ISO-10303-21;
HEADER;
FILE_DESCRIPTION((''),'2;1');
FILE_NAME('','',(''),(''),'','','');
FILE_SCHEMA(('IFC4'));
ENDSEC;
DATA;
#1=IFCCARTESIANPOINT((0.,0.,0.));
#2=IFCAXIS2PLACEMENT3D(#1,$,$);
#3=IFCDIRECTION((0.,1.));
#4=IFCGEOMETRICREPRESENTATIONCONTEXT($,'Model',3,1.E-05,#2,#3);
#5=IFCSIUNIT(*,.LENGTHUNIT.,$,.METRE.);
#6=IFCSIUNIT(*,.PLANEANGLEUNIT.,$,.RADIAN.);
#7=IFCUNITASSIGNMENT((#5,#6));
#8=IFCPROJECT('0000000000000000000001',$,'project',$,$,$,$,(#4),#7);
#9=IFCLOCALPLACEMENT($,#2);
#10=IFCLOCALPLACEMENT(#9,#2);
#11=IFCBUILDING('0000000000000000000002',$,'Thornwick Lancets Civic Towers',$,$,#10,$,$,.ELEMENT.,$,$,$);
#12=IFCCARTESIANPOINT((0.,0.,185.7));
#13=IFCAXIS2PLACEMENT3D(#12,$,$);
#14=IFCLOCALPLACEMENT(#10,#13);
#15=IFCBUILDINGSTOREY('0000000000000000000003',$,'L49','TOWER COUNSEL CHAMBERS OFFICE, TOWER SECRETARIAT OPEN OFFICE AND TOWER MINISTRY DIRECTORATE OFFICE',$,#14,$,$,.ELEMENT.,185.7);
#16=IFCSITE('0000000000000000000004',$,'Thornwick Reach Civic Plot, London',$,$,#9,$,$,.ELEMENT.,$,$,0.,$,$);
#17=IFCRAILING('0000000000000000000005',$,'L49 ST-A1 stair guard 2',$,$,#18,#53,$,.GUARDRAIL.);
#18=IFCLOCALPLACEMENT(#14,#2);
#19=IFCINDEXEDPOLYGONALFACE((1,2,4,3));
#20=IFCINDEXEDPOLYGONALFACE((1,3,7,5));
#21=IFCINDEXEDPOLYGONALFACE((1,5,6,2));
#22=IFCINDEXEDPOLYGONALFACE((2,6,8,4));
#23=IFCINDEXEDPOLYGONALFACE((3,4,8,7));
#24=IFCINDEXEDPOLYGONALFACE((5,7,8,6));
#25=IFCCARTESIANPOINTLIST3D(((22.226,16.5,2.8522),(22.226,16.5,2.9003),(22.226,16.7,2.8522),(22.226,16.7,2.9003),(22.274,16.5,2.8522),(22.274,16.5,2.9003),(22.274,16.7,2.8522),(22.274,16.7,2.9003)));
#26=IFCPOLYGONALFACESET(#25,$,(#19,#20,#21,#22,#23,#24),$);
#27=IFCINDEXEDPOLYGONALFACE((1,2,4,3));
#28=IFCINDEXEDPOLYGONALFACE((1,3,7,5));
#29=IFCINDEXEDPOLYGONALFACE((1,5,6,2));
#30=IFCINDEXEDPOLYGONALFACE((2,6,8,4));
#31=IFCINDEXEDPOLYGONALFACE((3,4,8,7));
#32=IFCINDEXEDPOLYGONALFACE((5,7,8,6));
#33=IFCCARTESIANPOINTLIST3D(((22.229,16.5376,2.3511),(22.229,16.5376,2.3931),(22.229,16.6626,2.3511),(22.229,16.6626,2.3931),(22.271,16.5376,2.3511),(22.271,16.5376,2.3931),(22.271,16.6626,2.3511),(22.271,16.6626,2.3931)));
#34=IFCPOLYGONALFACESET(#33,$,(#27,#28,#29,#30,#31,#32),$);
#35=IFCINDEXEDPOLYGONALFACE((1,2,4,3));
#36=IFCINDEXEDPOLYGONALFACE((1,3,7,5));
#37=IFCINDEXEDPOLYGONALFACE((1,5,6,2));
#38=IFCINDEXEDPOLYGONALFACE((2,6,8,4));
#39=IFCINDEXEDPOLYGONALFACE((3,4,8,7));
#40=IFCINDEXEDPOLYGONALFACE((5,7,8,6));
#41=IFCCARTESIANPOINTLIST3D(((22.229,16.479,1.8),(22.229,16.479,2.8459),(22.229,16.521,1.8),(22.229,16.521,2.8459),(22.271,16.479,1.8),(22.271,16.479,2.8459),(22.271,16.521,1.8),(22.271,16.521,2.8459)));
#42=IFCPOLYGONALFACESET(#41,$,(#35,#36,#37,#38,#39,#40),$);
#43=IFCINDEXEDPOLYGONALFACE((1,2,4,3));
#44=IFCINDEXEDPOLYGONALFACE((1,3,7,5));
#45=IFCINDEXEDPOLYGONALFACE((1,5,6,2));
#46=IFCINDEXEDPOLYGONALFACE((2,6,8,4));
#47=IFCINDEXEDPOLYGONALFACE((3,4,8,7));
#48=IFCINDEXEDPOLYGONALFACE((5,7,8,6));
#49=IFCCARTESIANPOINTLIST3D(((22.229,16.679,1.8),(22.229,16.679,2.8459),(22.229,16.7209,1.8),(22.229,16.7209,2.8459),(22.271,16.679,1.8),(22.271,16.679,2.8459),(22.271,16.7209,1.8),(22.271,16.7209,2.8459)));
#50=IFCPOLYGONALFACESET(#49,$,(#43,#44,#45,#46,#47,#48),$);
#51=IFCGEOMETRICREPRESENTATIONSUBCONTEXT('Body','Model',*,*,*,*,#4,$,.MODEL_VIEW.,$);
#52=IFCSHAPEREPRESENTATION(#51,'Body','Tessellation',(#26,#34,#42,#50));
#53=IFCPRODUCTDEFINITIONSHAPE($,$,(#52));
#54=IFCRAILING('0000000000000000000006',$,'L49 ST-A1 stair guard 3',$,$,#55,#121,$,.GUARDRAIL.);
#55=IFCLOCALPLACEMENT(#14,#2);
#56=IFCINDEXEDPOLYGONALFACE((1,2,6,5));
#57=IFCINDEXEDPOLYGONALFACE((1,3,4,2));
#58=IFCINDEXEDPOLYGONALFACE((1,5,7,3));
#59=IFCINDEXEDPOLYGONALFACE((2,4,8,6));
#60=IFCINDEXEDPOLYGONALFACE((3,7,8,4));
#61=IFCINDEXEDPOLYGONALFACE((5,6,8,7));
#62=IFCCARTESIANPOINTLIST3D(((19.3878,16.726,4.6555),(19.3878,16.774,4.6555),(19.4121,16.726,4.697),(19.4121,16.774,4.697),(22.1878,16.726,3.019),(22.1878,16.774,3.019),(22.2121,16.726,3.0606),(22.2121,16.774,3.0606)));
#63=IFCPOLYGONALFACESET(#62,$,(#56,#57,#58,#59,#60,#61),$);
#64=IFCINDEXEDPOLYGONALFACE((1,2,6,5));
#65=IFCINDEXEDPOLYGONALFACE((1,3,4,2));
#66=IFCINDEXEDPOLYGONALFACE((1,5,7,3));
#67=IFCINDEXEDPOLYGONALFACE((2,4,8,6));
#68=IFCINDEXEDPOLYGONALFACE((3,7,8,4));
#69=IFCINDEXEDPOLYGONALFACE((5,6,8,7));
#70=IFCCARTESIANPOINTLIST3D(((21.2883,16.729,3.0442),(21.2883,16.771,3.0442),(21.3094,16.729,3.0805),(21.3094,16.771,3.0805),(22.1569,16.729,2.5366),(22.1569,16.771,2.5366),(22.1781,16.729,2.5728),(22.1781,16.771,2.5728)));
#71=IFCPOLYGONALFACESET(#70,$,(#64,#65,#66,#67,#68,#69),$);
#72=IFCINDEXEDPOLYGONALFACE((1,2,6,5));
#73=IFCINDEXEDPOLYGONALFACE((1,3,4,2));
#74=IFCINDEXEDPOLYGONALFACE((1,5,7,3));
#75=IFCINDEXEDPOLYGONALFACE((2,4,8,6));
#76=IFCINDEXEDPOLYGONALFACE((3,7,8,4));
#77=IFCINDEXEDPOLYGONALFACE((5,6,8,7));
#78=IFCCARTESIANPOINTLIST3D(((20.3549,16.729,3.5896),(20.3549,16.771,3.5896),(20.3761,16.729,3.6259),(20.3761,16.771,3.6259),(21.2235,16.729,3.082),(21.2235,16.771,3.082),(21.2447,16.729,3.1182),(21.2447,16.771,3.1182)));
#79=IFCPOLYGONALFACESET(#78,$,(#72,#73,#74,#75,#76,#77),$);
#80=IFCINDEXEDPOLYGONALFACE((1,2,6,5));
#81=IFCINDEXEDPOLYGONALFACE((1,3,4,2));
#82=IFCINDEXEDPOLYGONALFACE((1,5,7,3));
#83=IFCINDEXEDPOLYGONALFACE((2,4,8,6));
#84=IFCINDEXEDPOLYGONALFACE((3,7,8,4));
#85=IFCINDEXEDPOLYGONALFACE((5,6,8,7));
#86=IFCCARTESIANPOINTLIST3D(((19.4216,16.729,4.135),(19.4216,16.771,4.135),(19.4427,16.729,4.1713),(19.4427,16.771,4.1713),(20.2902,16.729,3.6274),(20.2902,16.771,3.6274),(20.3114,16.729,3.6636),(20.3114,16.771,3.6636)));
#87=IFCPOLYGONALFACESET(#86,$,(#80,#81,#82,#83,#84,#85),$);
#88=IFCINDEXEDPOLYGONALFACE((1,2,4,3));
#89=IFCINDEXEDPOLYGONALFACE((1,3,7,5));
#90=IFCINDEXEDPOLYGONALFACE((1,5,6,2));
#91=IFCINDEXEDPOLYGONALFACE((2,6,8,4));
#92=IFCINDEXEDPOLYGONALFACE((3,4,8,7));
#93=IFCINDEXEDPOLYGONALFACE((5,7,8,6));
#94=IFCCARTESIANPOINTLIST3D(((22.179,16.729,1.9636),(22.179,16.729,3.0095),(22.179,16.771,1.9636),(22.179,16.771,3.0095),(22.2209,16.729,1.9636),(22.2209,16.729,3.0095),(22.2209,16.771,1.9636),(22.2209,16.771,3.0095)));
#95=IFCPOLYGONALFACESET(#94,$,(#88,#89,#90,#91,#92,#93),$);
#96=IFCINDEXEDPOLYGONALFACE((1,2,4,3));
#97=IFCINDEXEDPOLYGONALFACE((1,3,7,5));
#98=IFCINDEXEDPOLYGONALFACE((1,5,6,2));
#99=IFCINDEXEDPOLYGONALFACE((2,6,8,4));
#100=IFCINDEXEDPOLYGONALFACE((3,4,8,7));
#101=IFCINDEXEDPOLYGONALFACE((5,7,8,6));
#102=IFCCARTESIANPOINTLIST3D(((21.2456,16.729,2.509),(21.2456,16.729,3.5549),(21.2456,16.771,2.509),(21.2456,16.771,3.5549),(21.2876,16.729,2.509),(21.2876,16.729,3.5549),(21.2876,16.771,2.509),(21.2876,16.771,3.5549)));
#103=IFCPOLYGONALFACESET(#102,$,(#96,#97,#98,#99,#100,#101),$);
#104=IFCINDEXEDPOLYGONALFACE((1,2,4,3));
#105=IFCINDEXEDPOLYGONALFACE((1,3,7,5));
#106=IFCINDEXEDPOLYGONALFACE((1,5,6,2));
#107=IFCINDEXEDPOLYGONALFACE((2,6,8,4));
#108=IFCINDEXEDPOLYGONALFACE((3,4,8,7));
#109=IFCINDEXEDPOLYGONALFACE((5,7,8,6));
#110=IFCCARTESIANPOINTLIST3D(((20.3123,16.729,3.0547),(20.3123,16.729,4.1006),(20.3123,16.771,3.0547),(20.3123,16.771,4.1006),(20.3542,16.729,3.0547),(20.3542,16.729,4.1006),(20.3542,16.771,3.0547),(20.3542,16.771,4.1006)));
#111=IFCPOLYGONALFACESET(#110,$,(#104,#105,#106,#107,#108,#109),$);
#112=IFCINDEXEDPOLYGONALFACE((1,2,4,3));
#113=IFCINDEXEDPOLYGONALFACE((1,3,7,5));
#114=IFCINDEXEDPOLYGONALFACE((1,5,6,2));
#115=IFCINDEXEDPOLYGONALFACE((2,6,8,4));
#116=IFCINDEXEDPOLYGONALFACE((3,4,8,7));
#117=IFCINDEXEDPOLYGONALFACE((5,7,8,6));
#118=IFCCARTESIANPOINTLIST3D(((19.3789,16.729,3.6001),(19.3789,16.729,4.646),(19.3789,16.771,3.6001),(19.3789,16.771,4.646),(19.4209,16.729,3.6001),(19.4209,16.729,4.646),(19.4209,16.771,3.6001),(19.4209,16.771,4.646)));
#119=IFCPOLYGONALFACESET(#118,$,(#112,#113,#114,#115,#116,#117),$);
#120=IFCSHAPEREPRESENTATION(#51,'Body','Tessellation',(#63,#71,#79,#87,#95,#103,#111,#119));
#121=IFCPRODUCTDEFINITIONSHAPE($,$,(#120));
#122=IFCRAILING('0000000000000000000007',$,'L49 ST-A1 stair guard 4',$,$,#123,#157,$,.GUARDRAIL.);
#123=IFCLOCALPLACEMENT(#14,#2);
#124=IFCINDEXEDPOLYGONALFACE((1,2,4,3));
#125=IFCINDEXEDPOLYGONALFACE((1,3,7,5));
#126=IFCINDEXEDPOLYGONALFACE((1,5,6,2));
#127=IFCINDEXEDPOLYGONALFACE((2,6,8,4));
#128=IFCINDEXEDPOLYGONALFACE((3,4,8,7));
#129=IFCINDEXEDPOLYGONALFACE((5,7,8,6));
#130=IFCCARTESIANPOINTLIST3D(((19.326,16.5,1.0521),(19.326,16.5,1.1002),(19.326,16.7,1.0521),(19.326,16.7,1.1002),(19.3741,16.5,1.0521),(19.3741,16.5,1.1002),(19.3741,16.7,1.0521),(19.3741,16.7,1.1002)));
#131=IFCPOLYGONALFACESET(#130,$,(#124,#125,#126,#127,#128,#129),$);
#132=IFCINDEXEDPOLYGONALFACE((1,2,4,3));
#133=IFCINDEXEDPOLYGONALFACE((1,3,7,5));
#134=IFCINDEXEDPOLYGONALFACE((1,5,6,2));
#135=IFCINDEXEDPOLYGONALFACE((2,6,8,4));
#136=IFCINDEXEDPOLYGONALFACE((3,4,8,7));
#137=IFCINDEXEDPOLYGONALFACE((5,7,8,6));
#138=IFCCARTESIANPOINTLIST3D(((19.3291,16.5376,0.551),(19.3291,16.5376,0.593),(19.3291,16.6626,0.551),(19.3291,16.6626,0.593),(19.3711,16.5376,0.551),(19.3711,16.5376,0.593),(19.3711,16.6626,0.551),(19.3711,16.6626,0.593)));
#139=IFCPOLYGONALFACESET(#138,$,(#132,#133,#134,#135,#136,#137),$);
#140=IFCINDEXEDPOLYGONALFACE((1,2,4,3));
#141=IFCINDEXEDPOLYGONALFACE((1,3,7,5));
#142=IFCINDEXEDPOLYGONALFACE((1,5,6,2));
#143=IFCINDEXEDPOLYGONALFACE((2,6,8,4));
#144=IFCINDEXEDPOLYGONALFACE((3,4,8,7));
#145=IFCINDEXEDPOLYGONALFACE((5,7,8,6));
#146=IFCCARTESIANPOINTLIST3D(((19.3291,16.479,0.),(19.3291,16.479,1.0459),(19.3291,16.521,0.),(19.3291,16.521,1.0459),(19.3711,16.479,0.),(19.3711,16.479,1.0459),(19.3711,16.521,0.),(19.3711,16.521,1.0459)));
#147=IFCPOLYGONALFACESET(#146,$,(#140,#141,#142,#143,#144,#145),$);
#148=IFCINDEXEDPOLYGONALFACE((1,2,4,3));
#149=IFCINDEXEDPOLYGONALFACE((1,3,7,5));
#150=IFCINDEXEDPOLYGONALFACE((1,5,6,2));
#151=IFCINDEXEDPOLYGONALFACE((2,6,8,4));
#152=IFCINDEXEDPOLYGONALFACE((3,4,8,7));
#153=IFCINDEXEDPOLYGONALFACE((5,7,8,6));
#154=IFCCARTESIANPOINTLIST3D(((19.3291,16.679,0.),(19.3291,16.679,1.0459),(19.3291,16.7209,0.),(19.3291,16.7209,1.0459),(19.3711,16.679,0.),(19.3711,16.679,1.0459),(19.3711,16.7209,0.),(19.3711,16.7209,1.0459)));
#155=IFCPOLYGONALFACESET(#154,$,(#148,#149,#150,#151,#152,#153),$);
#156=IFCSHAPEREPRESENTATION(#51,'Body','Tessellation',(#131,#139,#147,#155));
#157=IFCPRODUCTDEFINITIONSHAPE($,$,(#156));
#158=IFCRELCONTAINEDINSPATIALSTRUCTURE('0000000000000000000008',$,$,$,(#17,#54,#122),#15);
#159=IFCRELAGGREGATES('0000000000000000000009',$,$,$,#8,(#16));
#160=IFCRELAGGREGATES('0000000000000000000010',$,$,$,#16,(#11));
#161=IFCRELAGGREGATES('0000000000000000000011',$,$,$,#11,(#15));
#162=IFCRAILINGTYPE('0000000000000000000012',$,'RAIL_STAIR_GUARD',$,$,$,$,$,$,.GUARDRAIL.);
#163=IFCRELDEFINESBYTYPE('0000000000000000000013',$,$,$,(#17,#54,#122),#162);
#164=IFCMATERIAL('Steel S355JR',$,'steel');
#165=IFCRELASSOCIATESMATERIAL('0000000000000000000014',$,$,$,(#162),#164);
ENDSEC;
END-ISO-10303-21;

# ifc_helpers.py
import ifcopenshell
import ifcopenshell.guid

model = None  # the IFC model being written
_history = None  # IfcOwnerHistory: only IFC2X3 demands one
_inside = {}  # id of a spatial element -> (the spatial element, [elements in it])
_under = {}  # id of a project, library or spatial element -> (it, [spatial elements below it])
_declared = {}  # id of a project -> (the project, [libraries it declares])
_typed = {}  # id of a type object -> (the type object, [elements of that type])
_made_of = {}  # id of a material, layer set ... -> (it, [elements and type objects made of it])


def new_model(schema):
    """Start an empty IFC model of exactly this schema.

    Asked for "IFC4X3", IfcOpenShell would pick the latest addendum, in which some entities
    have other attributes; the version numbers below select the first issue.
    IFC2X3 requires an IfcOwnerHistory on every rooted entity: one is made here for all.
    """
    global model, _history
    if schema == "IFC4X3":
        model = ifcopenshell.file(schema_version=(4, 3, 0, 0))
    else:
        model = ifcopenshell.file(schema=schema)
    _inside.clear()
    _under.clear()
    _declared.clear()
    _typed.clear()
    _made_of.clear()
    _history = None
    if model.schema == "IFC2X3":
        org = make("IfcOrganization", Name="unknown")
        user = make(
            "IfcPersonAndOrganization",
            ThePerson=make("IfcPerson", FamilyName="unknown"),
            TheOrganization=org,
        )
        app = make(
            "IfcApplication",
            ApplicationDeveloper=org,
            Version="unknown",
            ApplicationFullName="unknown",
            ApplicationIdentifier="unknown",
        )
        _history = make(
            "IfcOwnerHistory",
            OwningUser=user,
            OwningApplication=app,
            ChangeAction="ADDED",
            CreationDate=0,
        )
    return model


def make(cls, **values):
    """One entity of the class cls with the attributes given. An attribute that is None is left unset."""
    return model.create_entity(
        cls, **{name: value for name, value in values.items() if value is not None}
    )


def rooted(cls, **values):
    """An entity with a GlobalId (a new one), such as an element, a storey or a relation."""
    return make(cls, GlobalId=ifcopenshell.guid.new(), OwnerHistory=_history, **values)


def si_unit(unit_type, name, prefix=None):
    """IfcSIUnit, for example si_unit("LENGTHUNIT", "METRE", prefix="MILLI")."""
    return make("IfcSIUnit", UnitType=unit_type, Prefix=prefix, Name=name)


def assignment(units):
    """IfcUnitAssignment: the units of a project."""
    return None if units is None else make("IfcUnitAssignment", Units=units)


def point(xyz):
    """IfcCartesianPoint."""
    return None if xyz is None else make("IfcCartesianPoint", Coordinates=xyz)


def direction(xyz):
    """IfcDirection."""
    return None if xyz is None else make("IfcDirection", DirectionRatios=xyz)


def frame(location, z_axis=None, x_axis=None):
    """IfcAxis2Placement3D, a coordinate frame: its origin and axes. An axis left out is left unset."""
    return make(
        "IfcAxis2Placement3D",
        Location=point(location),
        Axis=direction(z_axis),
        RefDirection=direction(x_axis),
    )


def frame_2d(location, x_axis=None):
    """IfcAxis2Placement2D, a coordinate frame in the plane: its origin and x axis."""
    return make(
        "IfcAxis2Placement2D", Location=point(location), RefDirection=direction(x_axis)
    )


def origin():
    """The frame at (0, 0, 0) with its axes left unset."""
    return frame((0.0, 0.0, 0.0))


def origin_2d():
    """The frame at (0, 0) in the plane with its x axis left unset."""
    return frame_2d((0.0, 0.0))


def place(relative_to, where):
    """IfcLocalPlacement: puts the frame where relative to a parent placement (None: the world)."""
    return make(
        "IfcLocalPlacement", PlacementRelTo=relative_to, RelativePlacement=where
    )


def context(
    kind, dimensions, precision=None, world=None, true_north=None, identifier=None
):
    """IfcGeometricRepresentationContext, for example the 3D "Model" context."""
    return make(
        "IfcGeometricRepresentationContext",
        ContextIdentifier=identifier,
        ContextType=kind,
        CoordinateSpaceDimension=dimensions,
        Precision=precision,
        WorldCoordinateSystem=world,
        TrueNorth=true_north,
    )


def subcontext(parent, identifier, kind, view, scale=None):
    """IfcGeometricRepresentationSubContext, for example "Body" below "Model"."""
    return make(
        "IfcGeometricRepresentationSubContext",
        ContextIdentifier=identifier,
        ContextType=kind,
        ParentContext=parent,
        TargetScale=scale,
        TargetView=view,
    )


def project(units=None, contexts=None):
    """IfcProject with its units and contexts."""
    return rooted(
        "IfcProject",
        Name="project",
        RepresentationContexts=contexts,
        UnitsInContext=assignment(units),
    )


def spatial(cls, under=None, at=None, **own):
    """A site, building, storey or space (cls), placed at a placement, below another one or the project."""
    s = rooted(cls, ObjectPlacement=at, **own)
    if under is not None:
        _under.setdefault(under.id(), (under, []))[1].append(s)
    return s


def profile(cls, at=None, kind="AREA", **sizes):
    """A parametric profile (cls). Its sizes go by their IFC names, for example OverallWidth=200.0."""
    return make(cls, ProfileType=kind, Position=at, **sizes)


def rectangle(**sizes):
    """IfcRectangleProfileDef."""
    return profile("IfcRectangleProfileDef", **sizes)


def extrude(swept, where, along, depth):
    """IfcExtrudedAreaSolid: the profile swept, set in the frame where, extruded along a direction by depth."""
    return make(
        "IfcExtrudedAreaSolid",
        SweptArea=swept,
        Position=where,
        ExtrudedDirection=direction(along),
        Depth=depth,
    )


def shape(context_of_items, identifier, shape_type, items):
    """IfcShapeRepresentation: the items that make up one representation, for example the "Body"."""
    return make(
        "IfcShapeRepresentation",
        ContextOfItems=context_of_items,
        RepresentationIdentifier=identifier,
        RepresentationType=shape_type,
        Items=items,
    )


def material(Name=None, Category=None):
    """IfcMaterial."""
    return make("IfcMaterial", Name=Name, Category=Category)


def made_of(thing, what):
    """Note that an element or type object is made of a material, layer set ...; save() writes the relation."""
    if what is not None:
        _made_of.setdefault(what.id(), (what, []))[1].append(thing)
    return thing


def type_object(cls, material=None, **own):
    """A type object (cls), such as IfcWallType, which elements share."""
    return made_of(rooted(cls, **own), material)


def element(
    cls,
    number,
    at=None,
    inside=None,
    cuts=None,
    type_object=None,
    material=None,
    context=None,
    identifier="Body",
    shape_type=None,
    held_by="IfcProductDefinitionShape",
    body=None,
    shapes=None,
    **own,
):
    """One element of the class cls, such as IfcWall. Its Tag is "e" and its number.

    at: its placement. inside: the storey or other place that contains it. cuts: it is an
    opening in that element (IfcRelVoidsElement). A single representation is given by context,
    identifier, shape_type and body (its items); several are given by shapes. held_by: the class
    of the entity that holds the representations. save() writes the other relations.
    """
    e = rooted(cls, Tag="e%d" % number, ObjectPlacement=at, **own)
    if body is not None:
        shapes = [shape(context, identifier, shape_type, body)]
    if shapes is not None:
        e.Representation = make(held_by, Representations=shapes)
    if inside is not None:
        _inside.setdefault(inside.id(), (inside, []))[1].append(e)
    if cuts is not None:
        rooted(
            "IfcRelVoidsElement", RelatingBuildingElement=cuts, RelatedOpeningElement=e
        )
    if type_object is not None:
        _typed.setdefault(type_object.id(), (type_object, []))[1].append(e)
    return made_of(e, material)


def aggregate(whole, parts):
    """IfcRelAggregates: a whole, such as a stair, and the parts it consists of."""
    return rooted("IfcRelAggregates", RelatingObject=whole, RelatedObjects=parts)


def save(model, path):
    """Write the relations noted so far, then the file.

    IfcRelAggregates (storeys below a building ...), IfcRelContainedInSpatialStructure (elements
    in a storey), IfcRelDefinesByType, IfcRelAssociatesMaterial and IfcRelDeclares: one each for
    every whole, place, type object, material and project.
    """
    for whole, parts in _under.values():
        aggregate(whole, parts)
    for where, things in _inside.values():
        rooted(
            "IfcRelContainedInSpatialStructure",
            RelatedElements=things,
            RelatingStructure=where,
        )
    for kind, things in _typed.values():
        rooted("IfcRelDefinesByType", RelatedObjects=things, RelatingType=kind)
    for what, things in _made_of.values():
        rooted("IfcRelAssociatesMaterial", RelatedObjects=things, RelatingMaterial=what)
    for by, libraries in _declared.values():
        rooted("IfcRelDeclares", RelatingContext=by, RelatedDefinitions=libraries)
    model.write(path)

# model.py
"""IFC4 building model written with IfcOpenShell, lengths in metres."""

from ifc_helpers import new_model, si_unit, direction, frame, origin, origin_2d, place, context, subcontext, project, spatial, rectangle, extrude, material, type_object, element, save


model = new_model("IFC4")

# Units and contexts
model_context = context("Model", 3, precision=1e-05, world=origin(), true_north=direction((0.0, 1.0)))
body_context = subcontext(model_context, "Body", "Model", "MODEL_VIEW")
ifc_project = project(units=[si_unit("LENGTHUNIT", "METRE"), si_unit("PLANEANGLEUNIT", "RADIAN")], contexts=[model_context])

# Site, building, storey
site_placement = place(None, origin())
site = spatial("IfcSite", under=ifc_project, at=site_placement, Name="Thornwick Reach Civic Plot, London", CompositionType="ELEMENT", RefElevation=0.0)
building_placement = place(site_placement, origin())
building = spatial("IfcBuilding", under=site, at=building_placement, Name="Thornwick Lancets Civic Towers", CompositionType="ELEMENT")
storey_placement = place(building_placement, frame((0.0, 0.0, 185.7)))
storey = spatial("IfcBuildingStorey", under=building, at=storey_placement, Name="L49", Description="TOWER COUNSEL CHAMBERS OFFICE, TOWER SECRETARIAT OPEN OFFICE AND TOWER MINISTRY DIRECTORATE OFFICE", CompositionType="ELEMENT", Elevation=185.7)

# Shared definitions
ifc_material_1 = material(Name="Steel S355JR", Category="steel")

# Railings
railing_type_1 = type_object("IfcRailingType", Name="RAIL_STAIR_GUARD", PredefinedType="GUARDRAIL", material=ifc_material_1)
railing_1_placement = place(storey_placement, frame((22.25, 16.5, 1.8)))
element("IfcRailing", 1, at=railing_1_placement, inside=storey, type_object=railing_type_1, Name="L49 ST-A1 stair guard 2", PredefinedType="GUARDRAIL", context=body_context, shape_type="SweptSolid", body=[
    extrude(rectangle(XDim=0.0481, YDim=0.0481, at=origin_2d()), frame((0.0, 0.0, 1.0762), z_axis=(0.0, 1.0, 0.0), x_axis=(-1.0, 0.0, 0.0)), (0.0, 0.0, 1.0), 0.2),
    extrude(rectangle(XDim=0.042, YDim=0.042, at=origin_2d()), frame((0.0, 0.0376, 0.572), z_axis=(0.0, 1.0, 0.0), x_axis=(-1.0, 0.0, 0.0)), (0.0, 0.0, 1.0), 0.125),
    extrude(rectangle(XDim=0.042, YDim=0.042, at=origin_2d()), origin(), (0.0, 0.0, 1.0), 1.0459),
    extrude(rectangle(XDim=0.042, YDim=0.042, at=origin_2d()), frame((0.0, 0.2, 0.0)), (0.0, 0.0, 1.0), 1.0459),
])
railing_2_placement = place(storey_placement, frame((22.2, 16.75, 1.9636)))
element("IfcRailing", 2, at=railing_2_placement, inside=storey, type_object=railing_type_1, Name="L49 ST-A1 stair guard 3", PredefinedType="GUARDRAIL", context=body_context, shape_type="SweptSolid", body=[
    extrude(rectangle(XDim=0.0481, YDim=0.0481, at=origin_2d()), frame((0.0, 0.0, 1.0762), z_axis=(-0.863361, 0.0, 0.504587), x_axis=(0.0, -1.0, 0.0)), (0.0, 0.0, 1.0), 3.2432),
    extrude(rectangle(XDim=0.042, YDim=0.042, at=origin_2d()), frame((-0.0325, 0.0, 0.5911), z_axis=(-0.863361, 0.0, 0.504587), x_axis=(0.0, -1.0, 0.0)), (0.0, 0.0, 1.0), 1.0061),
    extrude(rectangle(XDim=0.042, YDim=0.042, at=origin_2d()), frame((-0.9658, 0.0, 1.1365), z_axis=(-0.863361, 0.0, 0.504587), x_axis=(0.0, -1.0, 0.0)), (0.0, 0.0, 1.0), 1.0061),
    extrude(rectangle(XDim=0.042, YDim=0.042, at=origin_2d()), frame((-1.8992, 0.0, 1.6819), z_axis=(-0.863361, 0.0, 0.504587), x_axis=(0.0, -1.0, 0.0)), (0.0, 0.0, 1.0), 1.0061),
    extrude(rectangle(XDim=0.042, YDim=0.042, at=origin_2d()), origin(), (0.0, 0.0, 1.0), 1.0459),
    extrude(rectangle(XDim=0.042, YDim=0.042, at=origin_2d()), frame((-0.9333, 0.0, 0.5454)), (0.0, 0.0, 1.0), 1.0459),
    extrude(rectangle(XDim=0.042, YDim=0.042, at=origin_2d()), frame((-1.8667, 0.0, 1.0911)), (0.0, 0.0, 1.0), 1.0459),
    extrude(rectangle(XDim=0.042, YDim=0.042, at=origin_2d()), frame((-2.8, 0.0, 1.6365)), (0.0, 0.0, 1.0), 1.0459),
])
railing_3_placement = place(storey_placement, frame((19.3501, 16.5, 0.0)))
element("IfcRailing", 3, at=railing_3_placement, inside=storey, type_object=railing_type_1, Name="L49 ST-A1 stair guard 4", PredefinedType="GUARDRAIL", context=body_context, shape_type="SweptSolid", body=[
    extrude(rectangle(XDim=0.0481, YDim=0.0481, at=origin_2d()), frame((0.0, 0.0, 1.0762), z_axis=(0.0, 1.0, 0.0), x_axis=(-1.0, 0.0, 0.0)), (0.0, 0.0, 1.0), 0.2),
    extrude(rectangle(XDim=0.042, YDim=0.042, at=origin_2d()), frame((0.0, 0.0376, 0.572), z_axis=(0.0, 1.0, 0.0), x_axis=(-1.0, 0.0, 0.0)), (0.0, 0.0, 1.0), 0.125),
    extrude(rectangle(XDim=0.042, YDim=0.042, at=origin_2d()), origin(), (0.0, 0.0, 1.0), 1.0459),
    extrude(rectangle(XDim=0.042, YDim=0.042, at=origin_2d()), frame((0.0, 0.2, 0.0)), (0.0, 0.0, 1.0), 1.0459),
])

save(model, "model.ifc")
